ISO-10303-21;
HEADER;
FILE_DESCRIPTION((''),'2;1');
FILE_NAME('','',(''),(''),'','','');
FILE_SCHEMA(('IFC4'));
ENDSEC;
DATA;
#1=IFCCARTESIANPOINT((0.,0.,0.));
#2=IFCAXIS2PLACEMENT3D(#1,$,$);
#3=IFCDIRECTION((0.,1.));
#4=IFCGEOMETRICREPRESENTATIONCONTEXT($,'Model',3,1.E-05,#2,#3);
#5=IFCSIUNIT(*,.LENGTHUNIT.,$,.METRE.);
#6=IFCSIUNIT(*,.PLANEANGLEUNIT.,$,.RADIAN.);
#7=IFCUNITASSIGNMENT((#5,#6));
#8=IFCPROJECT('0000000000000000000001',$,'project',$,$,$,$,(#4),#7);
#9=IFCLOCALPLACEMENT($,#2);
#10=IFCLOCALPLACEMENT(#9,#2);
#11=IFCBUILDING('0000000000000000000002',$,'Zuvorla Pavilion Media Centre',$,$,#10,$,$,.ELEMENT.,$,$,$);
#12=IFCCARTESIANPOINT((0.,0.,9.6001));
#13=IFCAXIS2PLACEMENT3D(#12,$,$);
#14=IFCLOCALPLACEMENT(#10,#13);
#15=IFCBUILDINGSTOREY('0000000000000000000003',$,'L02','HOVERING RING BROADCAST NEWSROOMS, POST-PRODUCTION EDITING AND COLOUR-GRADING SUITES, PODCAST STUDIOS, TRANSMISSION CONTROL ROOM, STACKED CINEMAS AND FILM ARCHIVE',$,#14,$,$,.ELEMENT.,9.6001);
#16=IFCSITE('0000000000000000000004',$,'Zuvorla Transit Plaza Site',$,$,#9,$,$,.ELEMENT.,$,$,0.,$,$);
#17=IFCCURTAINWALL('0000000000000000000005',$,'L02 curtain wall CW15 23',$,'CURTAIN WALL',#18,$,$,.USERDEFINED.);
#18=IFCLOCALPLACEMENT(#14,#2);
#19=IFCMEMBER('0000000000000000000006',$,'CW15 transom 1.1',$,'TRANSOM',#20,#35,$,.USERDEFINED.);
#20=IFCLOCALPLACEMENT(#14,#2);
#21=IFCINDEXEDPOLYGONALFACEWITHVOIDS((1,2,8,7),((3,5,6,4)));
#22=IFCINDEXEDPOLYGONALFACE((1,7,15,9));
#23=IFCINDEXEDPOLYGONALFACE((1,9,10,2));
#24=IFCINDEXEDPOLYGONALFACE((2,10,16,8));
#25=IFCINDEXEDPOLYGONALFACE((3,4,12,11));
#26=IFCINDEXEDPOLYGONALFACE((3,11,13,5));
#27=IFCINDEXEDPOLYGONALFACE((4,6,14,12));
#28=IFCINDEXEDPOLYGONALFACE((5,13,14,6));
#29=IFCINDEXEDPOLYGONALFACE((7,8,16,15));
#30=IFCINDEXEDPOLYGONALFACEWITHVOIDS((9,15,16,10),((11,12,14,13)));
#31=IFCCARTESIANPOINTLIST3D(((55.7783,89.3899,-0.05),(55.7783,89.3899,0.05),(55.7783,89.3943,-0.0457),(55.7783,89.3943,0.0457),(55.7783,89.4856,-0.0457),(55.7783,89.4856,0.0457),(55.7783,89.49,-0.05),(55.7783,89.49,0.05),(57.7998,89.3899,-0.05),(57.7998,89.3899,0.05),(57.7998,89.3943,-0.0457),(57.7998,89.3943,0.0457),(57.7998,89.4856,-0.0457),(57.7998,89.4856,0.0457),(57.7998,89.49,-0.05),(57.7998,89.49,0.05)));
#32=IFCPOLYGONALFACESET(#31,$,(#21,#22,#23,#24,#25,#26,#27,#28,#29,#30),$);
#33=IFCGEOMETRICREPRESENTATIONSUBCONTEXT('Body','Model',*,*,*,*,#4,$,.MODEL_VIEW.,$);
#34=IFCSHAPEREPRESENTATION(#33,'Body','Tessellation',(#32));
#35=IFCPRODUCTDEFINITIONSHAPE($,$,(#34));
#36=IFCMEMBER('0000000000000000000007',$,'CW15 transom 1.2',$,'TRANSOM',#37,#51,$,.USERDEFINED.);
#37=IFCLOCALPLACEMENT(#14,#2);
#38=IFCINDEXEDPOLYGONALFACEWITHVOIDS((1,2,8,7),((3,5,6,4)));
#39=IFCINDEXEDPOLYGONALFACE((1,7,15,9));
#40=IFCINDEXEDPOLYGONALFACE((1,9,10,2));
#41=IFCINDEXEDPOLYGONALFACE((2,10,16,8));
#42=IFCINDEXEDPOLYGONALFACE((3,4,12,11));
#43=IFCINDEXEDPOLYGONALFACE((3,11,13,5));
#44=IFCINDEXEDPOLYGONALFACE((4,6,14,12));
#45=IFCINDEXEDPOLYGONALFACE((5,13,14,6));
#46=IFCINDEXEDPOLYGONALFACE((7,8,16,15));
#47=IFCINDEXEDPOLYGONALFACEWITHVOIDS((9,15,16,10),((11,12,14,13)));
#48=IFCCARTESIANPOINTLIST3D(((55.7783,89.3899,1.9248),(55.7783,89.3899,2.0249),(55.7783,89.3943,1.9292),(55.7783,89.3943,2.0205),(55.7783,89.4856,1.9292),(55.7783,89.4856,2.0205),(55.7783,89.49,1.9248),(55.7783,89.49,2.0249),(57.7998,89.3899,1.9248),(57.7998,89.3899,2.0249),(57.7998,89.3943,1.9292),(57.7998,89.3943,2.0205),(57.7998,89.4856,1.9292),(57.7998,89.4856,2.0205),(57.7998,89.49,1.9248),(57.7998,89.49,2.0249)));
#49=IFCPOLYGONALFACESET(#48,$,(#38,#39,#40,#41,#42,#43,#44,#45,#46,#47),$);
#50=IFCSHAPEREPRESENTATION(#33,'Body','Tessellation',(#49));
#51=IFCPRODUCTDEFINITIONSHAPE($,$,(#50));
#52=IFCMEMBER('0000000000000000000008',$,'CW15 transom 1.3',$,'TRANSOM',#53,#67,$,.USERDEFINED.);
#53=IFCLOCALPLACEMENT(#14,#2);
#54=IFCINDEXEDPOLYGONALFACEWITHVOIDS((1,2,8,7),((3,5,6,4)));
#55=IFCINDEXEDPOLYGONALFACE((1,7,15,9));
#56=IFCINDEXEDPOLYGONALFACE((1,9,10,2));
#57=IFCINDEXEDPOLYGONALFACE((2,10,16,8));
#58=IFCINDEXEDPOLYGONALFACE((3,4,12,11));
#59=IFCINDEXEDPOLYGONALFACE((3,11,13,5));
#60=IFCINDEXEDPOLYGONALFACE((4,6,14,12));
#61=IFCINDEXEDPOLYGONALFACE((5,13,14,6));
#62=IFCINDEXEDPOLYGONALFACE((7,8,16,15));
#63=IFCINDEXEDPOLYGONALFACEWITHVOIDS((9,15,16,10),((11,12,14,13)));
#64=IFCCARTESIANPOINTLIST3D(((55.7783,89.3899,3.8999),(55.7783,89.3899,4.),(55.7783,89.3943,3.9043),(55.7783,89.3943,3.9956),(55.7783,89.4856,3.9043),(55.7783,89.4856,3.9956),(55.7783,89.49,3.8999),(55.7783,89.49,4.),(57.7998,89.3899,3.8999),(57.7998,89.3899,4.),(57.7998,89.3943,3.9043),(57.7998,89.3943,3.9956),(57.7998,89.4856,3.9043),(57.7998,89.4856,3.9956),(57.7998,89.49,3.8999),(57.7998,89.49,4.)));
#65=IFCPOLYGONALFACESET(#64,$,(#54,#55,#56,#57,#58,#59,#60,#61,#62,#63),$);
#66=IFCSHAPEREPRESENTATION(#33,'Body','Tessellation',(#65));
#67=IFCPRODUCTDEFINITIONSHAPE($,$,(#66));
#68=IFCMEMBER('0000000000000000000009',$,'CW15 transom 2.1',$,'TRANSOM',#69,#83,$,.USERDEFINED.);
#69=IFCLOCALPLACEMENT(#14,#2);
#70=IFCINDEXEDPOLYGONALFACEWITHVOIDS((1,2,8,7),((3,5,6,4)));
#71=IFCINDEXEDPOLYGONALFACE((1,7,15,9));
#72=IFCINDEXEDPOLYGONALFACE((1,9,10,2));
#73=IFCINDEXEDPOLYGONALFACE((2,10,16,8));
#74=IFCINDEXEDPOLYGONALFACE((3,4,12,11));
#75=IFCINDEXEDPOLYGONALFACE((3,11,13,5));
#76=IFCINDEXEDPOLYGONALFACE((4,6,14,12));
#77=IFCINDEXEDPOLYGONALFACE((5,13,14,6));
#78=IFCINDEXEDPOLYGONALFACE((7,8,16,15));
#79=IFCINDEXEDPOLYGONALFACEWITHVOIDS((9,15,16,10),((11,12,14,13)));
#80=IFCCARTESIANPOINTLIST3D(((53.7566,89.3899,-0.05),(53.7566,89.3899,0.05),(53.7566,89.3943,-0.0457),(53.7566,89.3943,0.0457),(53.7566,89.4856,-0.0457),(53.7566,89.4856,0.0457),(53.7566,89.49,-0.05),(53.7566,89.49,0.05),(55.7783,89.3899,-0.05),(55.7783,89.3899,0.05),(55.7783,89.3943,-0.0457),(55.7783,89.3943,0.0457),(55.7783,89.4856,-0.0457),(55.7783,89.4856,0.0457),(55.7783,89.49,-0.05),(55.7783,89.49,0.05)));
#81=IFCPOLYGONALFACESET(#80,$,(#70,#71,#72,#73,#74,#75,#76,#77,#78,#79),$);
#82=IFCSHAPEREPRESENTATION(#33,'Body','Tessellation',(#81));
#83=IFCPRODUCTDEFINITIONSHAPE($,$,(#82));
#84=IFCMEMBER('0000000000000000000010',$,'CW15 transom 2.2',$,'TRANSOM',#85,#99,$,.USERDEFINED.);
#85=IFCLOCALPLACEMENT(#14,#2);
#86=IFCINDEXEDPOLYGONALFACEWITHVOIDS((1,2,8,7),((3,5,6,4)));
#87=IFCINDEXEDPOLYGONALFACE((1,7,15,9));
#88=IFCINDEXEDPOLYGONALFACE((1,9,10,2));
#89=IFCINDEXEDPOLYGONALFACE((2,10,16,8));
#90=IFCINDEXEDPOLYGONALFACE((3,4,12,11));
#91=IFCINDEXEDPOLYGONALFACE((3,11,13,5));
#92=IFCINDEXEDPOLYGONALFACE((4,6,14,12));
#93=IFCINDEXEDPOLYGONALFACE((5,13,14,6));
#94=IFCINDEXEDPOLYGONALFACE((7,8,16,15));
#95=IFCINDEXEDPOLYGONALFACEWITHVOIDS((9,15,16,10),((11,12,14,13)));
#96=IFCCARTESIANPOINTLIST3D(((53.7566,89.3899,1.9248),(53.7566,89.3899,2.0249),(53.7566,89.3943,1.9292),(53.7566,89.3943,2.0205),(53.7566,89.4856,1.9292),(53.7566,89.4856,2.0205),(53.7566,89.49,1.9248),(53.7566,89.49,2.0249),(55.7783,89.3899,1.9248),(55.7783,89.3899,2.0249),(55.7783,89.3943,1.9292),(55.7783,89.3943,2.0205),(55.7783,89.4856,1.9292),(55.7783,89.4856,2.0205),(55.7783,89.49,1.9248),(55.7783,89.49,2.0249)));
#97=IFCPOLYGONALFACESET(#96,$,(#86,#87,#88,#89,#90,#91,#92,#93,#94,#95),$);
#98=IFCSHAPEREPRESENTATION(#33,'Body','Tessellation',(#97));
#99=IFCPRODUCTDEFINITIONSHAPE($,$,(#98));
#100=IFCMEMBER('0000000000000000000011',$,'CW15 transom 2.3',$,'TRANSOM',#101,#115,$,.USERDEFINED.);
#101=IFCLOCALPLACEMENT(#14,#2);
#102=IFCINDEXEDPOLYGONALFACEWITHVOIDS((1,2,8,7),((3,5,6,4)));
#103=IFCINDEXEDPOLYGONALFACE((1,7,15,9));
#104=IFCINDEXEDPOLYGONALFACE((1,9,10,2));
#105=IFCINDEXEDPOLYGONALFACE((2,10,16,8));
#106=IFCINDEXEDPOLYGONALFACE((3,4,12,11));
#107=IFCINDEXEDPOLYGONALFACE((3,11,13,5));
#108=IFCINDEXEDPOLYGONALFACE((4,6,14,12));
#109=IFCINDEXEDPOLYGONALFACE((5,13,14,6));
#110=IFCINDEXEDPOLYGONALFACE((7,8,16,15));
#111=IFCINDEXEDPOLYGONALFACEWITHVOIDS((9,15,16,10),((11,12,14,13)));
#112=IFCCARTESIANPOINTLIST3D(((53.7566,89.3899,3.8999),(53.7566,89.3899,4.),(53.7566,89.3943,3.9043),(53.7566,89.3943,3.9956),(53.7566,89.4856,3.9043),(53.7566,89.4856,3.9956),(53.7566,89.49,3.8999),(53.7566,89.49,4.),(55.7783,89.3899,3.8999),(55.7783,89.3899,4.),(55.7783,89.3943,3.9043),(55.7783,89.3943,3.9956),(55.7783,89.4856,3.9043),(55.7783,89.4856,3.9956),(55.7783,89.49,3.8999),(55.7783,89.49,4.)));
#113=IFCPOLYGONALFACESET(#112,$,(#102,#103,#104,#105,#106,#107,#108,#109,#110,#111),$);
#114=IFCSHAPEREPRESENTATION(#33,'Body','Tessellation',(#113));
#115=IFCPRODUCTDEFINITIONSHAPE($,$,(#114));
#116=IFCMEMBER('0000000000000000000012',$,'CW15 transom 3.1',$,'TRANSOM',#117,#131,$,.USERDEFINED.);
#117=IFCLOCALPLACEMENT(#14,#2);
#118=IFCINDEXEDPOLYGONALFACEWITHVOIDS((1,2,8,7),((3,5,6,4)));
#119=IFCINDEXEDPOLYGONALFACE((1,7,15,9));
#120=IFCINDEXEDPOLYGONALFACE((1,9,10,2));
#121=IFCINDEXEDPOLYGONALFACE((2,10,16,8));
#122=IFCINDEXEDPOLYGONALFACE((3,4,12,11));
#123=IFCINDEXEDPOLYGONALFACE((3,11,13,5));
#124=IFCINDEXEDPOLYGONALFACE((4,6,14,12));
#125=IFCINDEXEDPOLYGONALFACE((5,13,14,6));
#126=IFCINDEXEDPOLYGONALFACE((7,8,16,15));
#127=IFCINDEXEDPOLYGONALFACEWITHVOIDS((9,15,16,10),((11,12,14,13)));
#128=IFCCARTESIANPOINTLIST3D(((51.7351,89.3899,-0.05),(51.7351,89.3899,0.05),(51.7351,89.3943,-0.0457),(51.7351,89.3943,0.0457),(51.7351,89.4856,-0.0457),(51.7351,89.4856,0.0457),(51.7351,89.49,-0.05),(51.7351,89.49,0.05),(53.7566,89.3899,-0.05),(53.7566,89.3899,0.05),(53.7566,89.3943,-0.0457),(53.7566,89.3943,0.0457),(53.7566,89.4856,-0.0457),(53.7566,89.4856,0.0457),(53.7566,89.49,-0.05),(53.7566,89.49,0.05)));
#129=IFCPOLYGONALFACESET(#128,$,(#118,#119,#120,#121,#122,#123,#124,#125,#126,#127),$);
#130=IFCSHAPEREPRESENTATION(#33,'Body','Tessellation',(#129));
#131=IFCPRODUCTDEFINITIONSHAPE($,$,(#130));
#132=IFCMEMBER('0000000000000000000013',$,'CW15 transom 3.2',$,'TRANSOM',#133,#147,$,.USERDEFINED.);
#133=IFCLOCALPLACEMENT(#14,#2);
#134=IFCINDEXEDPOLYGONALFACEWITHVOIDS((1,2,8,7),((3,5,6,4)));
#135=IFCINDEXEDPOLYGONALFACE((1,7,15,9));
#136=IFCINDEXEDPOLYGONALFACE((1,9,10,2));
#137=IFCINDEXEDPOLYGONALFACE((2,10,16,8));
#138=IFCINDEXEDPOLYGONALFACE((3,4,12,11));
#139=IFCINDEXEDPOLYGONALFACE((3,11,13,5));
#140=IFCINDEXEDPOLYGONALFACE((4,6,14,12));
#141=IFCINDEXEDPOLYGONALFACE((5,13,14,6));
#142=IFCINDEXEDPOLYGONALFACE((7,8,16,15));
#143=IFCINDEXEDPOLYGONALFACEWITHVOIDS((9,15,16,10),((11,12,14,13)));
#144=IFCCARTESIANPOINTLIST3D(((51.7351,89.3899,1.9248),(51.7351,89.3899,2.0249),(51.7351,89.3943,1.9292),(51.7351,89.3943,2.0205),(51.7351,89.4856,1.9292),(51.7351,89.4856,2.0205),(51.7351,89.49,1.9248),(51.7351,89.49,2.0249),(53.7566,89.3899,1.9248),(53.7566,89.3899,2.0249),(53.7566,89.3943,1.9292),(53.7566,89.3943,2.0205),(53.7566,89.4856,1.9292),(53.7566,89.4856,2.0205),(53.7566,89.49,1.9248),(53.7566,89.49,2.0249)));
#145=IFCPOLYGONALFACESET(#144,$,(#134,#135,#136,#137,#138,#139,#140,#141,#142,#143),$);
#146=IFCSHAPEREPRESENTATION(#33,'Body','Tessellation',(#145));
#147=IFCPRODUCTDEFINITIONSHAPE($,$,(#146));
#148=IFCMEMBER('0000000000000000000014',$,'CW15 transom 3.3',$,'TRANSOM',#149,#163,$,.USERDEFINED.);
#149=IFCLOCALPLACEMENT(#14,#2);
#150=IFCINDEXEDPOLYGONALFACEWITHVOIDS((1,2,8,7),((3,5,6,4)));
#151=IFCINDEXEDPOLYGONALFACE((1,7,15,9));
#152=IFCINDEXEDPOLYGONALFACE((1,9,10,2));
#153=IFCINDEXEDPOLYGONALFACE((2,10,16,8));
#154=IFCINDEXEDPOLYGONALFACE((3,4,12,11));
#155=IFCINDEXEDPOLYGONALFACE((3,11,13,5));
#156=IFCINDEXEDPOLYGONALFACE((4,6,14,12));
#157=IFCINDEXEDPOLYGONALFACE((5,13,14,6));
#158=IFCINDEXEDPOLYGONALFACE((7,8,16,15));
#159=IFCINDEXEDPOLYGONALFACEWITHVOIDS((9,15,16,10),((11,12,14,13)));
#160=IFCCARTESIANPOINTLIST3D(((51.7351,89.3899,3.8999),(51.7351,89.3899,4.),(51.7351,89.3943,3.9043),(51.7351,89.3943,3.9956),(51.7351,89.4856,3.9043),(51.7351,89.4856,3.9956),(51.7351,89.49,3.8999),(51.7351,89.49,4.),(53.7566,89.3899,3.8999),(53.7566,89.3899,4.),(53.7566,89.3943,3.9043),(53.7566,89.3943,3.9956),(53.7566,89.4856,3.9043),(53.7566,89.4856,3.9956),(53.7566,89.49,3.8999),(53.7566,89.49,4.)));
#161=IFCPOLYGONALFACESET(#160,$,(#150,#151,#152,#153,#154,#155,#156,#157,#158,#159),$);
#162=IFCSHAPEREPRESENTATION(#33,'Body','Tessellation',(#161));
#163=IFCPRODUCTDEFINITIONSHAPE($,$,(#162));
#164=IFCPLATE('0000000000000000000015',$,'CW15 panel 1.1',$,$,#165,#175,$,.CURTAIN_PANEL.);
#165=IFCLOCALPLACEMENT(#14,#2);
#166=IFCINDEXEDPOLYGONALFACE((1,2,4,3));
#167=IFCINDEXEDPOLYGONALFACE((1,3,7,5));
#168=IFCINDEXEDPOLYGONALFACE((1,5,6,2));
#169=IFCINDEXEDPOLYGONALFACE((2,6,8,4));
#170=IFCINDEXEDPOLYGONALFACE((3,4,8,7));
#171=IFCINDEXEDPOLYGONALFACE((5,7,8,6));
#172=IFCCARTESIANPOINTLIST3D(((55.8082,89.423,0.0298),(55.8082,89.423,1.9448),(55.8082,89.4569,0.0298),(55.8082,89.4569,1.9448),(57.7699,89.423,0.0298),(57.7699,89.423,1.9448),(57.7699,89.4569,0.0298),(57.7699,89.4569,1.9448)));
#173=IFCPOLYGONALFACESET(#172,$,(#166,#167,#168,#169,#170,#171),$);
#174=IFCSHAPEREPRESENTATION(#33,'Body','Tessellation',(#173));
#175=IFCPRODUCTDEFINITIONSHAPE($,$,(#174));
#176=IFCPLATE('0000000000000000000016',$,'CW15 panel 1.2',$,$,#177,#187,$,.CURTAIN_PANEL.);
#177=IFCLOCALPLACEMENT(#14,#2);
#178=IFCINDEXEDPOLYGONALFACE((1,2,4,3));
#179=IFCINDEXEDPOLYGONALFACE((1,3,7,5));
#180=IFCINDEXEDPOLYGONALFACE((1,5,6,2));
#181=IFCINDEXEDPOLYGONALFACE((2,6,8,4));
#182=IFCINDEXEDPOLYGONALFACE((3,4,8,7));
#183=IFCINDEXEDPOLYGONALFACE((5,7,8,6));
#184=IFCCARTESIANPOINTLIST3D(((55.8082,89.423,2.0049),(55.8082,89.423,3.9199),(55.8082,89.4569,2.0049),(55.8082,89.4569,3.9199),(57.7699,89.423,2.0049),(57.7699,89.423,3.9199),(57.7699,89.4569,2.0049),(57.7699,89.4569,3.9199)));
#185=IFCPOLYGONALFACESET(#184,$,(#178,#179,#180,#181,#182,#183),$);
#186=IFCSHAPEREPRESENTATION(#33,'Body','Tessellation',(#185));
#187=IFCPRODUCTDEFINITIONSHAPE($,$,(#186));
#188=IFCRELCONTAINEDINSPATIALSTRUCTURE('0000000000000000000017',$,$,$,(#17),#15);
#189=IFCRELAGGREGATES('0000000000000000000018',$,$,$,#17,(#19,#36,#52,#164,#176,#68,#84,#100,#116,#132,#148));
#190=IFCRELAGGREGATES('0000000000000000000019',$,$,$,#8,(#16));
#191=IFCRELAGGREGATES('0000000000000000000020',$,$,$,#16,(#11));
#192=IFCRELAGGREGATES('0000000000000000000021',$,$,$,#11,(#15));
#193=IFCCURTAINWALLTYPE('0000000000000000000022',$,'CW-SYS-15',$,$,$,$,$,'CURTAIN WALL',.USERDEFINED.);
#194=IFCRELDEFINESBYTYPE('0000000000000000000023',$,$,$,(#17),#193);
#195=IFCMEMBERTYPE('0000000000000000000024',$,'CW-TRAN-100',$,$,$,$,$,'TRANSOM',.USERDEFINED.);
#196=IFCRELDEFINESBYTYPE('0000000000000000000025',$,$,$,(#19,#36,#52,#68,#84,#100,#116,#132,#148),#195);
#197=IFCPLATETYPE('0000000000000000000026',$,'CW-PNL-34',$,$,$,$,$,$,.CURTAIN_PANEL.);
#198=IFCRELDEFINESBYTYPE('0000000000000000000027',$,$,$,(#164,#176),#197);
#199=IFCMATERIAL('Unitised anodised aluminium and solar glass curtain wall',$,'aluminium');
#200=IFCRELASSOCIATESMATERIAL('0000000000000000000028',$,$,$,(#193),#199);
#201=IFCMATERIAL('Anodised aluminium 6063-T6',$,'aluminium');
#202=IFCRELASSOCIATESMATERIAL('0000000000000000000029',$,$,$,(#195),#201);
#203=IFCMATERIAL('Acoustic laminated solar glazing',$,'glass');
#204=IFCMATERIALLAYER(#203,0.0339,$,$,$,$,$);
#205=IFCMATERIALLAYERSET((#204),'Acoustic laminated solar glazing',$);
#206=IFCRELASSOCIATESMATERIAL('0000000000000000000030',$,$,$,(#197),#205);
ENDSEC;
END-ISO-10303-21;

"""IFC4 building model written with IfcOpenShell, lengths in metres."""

from ifc_helpers import new_model, si_unit, direction, frame, origin, origin_2d, place, context, subcontext, project, spatial, rectangle, hollow_rectangle, extrude, material, layer, layer_set, material_profile, profile_set, type_object, element, aggregate, save


model = new_model("IFC4")

# Units and contexts
model_context = context("Model", 3, precision=1e-05, world=origin(), true_north=direction((0.0, 1.0)))
body_context = subcontext(model_context, "Body", "Model", "MODEL_VIEW")
ifc_project = project(units=[si_unit("LENGTHUNIT", "METRE"), si_unit("PLANEANGLEUNIT", "RADIAN")], contexts=[model_context])

# Site, building, storey
site_placement = place(None, origin())
site = spatial("IfcSite", under=ifc_project, at=site_placement, Name="Zuvorla Transit Plaza Site", CompositionType="ELEMENT", RefElevation=0.0)
building_placement = place(site_placement, origin())
building = spatial("IfcBuilding", under=site, at=building_placement, Name="Zuvorla Pavilion Media Centre", CompositionType="ELEMENT")
storey_placement = place(building_placement, frame((0.0, 0.0, 9.6001)))
storey = spatial("IfcBuildingStorey", under=building, at=storey_placement, Name="L02", Description="HOVERING RING BROADCAST NEWSROOMS, POST-PRODUCTION EDITING AND COLOUR-GRADING SUITES, PODCAST STUDIOS, TRANSMISSION CONTROL ROOM, STACKED CINEMAS AND FILM ARCHIVE", CompositionType="ELEMENT", Elevation=9.6001)

# Shared definitions
ifc_material_1 = material(Name="Unitised anodised aluminium and solar glass curtain wall", Category="aluminium")
ifc_material_2 = material(Name="Anodised aluminium 6063-T6", Category="aluminium")

# Curtain wall, members, plates
curtain_wall_type_1 = type_object("IfcCurtainWallType", Name="CW-SYS-15", ElementType="CURTAIN WALL", PredefinedType="USERDEFINED", material=ifc_material_1)
curtain_wall_1_placement = place(storey_placement, origin())
curtain_wall_1 = element("IfcCurtainWall", 1, at=curtain_wall_1_placement, inside=storey, type_object=curtain_wall_type_1, Name="L02 curtain wall CW15 23", ObjectType="CURTAIN WALL", PredefinedType="USERDEFINED")
ifc_material_profile_1 = material_profile(ifc_material_2, hollow_rectangle(XDim=0.1001, YDim=0.1001, WallThickness=0.0044, at=origin_2d()), Name="ALU TRAN 100x100")
ifc_profile_set_1 = profile_set([ifc_material_profile_1], Name="Anodised aluminium 6063-T6")
member_type_1 = type_object("IfcMemberType", Name="CW-TRAN-100", ElementType="TRANSOM", PredefinedType="USERDEFINED", material=ifc_profile_set_1)
member_1_placement = place(storey_placement, frame((57.7998, 89.4399, 0.0), z_axis=(-1.0, 0.0, 0.0), x_axis=(0.0, -1.0, 0.0)))
member_1 = element("IfcMember", 2, at=member_1_placement, type_object=member_type_1, Name="CW15 transom 1.1", ObjectType="TRANSOM", PredefinedType="USERDEFINED", context=body_context, shape_type="SweptSolid", body=[
    extrude(hollow_rectangle(XDim=0.1001, YDim=0.1001, WallThickness=0.0044, at=origin_2d()), origin(), (0.0, 0.0, 1.0), 2.0215),
])
member_2_placement = place(storey_placement, frame((57.7998, 89.4399, 1.9749), z_axis=(-1.0, 0.0, 0.0), x_axis=(0.0, -1.0, 0.0)))
member_2 = element("IfcMember", 3, at=member_2_placement, type_object=member_type_1, Name="CW15 transom 1.2", ObjectType="TRANSOM", PredefinedType="USERDEFINED", context=body_context, shape_type="SweptSolid", body=[
    extrude(hollow_rectangle(XDim=0.1001, YDim=0.1001, WallThickness=0.0044, at=origin_2d()), origin(), (0.0, 0.0, 1.0), 2.0215),
])
member_3_placement = place(storey_placement, frame((57.7998, 89.4399, 3.95), z_axis=(-1.0, 0.0, 0.0), x_axis=(0.0, -1.0, 0.0)))
member_3 = element("IfcMember", 4, at=member_3_placement, type_object=member_type_1, Name="CW15 transom 1.3", ObjectType="TRANSOM", PredefinedType="USERDEFINED", context=body_context, shape_type="SweptSolid", body=[
    extrude(hollow_rectangle(XDim=0.1001, YDim=0.1001, WallThickness=0.0044, at=origin_2d()), origin(), (0.0, 0.0, 1.0), 2.0215),
])
member_4_placement = place(storey_placement, frame((55.7783, 89.4399, 0.0), z_axis=(-1.0, 0.0, 0.0), x_axis=(0.0, -1.0, 0.0)))
member_4 = element("IfcMember", 5, at=member_4_placement, type_object=member_type_1, Name="CW15 transom 2.1", ObjectType="TRANSOM", PredefinedType="USERDEFINED", context=body_context, shape_type="SweptSolid", body=[
    extrude(hollow_rectangle(XDim=0.1001, YDim=0.1001, WallThickness=0.0044, at=origin_2d()), origin(), (0.0, 0.0, 1.0), 2.0217),
])
member_5_placement = place(storey_placement, frame((55.7783, 89.4399, 1.9749), z_axis=(-1.0, 0.0, 0.0), x_axis=(0.0, -1.0, 0.0)))
member_5 = element("IfcMember", 6, at=member_5_placement, type_object=member_type_1, Name="CW15 transom 2.2", ObjectType="TRANSOM", PredefinedType="USERDEFINED", context=body_context, shape_type="SweptSolid", body=[
    extrude(hollow_rectangle(XDim=0.1001, YDim=0.1001, WallThickness=0.0044, at=origin_2d()), origin(), (0.0, 0.0, 1.0), 2.0217),
])
member_6_placement = place(storey_placement, frame((55.7783, 89.4399, 3.95), z_axis=(-1.0, 0.0, 0.0), x_axis=(0.0, -1.0, 0.0)))
member_6 = element("IfcMember", 7, at=member_6_placement, type_object=member_type_1, Name="CW15 transom 2.3", ObjectType="TRANSOM", PredefinedType="USERDEFINED", context=body_context, shape_type="SweptSolid", body=[
    extrude(hollow_rectangle(XDim=0.1001, YDim=0.1001, WallThickness=0.0044, at=origin_2d()), origin(), (0.0, 0.0, 1.0), 2.0217),
])
member_7_placement = place(storey_placement, frame((53.7566, 89.4399, 0.0), z_axis=(-1.0, 0.0, 0.0), x_axis=(0.0, -1.0, 0.0)))
member_7 = element("IfcMember", 8, at=member_7_placement, type_object=member_type_1, Name="CW15 transom 3.1", ObjectType="TRANSOM", PredefinedType="USERDEFINED", context=body_context, shape_type="SweptSolid", body=[
    extrude(hollow_rectangle(XDim=0.1001, YDim=0.1001, WallThickness=0.0044, at=origin_2d()), origin(), (0.0, 0.0, 1.0), 2.0215),
])
member_8_placement = place(storey_placement, frame((53.7566, 89.4399, 1.9749), z_axis=(-1.0, 0.0, 0.0), x_axis=(0.0, -1.0, 0.0)))
member_8 = element("IfcMember", 9, at=member_8_placement, type_object=member_type_1, Name="CW15 transom 3.2", ObjectType="TRANSOM", PredefinedType="USERDEFINED", context=body_context, shape_type="SweptSolid", body=[
    extrude(hollow_rectangle(XDim=0.1001, YDim=0.1001, WallThickness=0.0044, at=origin_2d()), origin(), (0.0, 0.0, 1.0), 2.0215),
])
member_9_placement = place(storey_placement, frame((53.7566, 89.4399, 3.95), z_axis=(-1.0, 0.0, 0.0), x_axis=(0.0, -1.0, 0.0)))
member_9 = element("IfcMember", 10, at=member_9_placement, type_object=member_type_1, Name="CW15 transom 3.3", ObjectType="TRANSOM", PredefinedType="USERDEFINED", context=body_context, shape_type="SweptSolid", body=[
    extrude(hollow_rectangle(XDim=0.1001, YDim=0.1001, WallThickness=0.0044, at=origin_2d()), origin(), (0.0, 0.0, 1.0), 2.0215),
])
ifc_material_3 = material(Name="Acoustic laminated solar glazing", Category="glass")
ifc_layer = layer(ifc_material_3, 0.0339)
ifc_layer_set = layer_set([ifc_layer], Name="Acoustic laminated solar glazing")
plate_type = type_object("IfcPlateType", Name="CW-PNL-34", PredefinedType="CURTAIN_PANEL", material=ifc_layer_set)
plate_1_placement = place(storey_placement, frame((56.7891, 89.4399, 0.0298), z_axis=(0.0, 0.0, 1.0), x_axis=(-1.0, 0.0, 0.0)))
plate_1 = element("IfcPlate", 11, at=plate_1_placement, type_object=plate_type, Name="CW15 panel 1.1", PredefinedType="CURTAIN_PANEL", context=body_context, shape_type="SweptSolid", body=[
    extrude(rectangle(XDim=1.9617, YDim=0.0339, at=origin_2d()), origin(), (0.0, 0.0, 1.0), 1.915),
])
plate_2_placement = place(storey_placement, frame((56.7891, 89.4399, 2.0049), z_axis=(0.0, 0.0, 1.0), x_axis=(-1.0, 0.0, 0.0)))
plate_2 = element("IfcPlate", 12, at=plate_2_placement, type_object=plate_type, Name="CW15 panel 1.2", PredefinedType="CURTAIN_PANEL", context=body_context, shape_type="SweptSolid", body=[
    extrude(rectangle(XDim=1.9617, YDim=0.0339, at=origin_2d()), origin(), (0.0, 0.0, 1.0), 1.915),
])
aggregate(curtain_wall_1, [member_1, member_2, member_3, plate_1, plate_2, member_4, member_5, member_6, member_7, member_8, member_9])

save(model, "model.ifc")
